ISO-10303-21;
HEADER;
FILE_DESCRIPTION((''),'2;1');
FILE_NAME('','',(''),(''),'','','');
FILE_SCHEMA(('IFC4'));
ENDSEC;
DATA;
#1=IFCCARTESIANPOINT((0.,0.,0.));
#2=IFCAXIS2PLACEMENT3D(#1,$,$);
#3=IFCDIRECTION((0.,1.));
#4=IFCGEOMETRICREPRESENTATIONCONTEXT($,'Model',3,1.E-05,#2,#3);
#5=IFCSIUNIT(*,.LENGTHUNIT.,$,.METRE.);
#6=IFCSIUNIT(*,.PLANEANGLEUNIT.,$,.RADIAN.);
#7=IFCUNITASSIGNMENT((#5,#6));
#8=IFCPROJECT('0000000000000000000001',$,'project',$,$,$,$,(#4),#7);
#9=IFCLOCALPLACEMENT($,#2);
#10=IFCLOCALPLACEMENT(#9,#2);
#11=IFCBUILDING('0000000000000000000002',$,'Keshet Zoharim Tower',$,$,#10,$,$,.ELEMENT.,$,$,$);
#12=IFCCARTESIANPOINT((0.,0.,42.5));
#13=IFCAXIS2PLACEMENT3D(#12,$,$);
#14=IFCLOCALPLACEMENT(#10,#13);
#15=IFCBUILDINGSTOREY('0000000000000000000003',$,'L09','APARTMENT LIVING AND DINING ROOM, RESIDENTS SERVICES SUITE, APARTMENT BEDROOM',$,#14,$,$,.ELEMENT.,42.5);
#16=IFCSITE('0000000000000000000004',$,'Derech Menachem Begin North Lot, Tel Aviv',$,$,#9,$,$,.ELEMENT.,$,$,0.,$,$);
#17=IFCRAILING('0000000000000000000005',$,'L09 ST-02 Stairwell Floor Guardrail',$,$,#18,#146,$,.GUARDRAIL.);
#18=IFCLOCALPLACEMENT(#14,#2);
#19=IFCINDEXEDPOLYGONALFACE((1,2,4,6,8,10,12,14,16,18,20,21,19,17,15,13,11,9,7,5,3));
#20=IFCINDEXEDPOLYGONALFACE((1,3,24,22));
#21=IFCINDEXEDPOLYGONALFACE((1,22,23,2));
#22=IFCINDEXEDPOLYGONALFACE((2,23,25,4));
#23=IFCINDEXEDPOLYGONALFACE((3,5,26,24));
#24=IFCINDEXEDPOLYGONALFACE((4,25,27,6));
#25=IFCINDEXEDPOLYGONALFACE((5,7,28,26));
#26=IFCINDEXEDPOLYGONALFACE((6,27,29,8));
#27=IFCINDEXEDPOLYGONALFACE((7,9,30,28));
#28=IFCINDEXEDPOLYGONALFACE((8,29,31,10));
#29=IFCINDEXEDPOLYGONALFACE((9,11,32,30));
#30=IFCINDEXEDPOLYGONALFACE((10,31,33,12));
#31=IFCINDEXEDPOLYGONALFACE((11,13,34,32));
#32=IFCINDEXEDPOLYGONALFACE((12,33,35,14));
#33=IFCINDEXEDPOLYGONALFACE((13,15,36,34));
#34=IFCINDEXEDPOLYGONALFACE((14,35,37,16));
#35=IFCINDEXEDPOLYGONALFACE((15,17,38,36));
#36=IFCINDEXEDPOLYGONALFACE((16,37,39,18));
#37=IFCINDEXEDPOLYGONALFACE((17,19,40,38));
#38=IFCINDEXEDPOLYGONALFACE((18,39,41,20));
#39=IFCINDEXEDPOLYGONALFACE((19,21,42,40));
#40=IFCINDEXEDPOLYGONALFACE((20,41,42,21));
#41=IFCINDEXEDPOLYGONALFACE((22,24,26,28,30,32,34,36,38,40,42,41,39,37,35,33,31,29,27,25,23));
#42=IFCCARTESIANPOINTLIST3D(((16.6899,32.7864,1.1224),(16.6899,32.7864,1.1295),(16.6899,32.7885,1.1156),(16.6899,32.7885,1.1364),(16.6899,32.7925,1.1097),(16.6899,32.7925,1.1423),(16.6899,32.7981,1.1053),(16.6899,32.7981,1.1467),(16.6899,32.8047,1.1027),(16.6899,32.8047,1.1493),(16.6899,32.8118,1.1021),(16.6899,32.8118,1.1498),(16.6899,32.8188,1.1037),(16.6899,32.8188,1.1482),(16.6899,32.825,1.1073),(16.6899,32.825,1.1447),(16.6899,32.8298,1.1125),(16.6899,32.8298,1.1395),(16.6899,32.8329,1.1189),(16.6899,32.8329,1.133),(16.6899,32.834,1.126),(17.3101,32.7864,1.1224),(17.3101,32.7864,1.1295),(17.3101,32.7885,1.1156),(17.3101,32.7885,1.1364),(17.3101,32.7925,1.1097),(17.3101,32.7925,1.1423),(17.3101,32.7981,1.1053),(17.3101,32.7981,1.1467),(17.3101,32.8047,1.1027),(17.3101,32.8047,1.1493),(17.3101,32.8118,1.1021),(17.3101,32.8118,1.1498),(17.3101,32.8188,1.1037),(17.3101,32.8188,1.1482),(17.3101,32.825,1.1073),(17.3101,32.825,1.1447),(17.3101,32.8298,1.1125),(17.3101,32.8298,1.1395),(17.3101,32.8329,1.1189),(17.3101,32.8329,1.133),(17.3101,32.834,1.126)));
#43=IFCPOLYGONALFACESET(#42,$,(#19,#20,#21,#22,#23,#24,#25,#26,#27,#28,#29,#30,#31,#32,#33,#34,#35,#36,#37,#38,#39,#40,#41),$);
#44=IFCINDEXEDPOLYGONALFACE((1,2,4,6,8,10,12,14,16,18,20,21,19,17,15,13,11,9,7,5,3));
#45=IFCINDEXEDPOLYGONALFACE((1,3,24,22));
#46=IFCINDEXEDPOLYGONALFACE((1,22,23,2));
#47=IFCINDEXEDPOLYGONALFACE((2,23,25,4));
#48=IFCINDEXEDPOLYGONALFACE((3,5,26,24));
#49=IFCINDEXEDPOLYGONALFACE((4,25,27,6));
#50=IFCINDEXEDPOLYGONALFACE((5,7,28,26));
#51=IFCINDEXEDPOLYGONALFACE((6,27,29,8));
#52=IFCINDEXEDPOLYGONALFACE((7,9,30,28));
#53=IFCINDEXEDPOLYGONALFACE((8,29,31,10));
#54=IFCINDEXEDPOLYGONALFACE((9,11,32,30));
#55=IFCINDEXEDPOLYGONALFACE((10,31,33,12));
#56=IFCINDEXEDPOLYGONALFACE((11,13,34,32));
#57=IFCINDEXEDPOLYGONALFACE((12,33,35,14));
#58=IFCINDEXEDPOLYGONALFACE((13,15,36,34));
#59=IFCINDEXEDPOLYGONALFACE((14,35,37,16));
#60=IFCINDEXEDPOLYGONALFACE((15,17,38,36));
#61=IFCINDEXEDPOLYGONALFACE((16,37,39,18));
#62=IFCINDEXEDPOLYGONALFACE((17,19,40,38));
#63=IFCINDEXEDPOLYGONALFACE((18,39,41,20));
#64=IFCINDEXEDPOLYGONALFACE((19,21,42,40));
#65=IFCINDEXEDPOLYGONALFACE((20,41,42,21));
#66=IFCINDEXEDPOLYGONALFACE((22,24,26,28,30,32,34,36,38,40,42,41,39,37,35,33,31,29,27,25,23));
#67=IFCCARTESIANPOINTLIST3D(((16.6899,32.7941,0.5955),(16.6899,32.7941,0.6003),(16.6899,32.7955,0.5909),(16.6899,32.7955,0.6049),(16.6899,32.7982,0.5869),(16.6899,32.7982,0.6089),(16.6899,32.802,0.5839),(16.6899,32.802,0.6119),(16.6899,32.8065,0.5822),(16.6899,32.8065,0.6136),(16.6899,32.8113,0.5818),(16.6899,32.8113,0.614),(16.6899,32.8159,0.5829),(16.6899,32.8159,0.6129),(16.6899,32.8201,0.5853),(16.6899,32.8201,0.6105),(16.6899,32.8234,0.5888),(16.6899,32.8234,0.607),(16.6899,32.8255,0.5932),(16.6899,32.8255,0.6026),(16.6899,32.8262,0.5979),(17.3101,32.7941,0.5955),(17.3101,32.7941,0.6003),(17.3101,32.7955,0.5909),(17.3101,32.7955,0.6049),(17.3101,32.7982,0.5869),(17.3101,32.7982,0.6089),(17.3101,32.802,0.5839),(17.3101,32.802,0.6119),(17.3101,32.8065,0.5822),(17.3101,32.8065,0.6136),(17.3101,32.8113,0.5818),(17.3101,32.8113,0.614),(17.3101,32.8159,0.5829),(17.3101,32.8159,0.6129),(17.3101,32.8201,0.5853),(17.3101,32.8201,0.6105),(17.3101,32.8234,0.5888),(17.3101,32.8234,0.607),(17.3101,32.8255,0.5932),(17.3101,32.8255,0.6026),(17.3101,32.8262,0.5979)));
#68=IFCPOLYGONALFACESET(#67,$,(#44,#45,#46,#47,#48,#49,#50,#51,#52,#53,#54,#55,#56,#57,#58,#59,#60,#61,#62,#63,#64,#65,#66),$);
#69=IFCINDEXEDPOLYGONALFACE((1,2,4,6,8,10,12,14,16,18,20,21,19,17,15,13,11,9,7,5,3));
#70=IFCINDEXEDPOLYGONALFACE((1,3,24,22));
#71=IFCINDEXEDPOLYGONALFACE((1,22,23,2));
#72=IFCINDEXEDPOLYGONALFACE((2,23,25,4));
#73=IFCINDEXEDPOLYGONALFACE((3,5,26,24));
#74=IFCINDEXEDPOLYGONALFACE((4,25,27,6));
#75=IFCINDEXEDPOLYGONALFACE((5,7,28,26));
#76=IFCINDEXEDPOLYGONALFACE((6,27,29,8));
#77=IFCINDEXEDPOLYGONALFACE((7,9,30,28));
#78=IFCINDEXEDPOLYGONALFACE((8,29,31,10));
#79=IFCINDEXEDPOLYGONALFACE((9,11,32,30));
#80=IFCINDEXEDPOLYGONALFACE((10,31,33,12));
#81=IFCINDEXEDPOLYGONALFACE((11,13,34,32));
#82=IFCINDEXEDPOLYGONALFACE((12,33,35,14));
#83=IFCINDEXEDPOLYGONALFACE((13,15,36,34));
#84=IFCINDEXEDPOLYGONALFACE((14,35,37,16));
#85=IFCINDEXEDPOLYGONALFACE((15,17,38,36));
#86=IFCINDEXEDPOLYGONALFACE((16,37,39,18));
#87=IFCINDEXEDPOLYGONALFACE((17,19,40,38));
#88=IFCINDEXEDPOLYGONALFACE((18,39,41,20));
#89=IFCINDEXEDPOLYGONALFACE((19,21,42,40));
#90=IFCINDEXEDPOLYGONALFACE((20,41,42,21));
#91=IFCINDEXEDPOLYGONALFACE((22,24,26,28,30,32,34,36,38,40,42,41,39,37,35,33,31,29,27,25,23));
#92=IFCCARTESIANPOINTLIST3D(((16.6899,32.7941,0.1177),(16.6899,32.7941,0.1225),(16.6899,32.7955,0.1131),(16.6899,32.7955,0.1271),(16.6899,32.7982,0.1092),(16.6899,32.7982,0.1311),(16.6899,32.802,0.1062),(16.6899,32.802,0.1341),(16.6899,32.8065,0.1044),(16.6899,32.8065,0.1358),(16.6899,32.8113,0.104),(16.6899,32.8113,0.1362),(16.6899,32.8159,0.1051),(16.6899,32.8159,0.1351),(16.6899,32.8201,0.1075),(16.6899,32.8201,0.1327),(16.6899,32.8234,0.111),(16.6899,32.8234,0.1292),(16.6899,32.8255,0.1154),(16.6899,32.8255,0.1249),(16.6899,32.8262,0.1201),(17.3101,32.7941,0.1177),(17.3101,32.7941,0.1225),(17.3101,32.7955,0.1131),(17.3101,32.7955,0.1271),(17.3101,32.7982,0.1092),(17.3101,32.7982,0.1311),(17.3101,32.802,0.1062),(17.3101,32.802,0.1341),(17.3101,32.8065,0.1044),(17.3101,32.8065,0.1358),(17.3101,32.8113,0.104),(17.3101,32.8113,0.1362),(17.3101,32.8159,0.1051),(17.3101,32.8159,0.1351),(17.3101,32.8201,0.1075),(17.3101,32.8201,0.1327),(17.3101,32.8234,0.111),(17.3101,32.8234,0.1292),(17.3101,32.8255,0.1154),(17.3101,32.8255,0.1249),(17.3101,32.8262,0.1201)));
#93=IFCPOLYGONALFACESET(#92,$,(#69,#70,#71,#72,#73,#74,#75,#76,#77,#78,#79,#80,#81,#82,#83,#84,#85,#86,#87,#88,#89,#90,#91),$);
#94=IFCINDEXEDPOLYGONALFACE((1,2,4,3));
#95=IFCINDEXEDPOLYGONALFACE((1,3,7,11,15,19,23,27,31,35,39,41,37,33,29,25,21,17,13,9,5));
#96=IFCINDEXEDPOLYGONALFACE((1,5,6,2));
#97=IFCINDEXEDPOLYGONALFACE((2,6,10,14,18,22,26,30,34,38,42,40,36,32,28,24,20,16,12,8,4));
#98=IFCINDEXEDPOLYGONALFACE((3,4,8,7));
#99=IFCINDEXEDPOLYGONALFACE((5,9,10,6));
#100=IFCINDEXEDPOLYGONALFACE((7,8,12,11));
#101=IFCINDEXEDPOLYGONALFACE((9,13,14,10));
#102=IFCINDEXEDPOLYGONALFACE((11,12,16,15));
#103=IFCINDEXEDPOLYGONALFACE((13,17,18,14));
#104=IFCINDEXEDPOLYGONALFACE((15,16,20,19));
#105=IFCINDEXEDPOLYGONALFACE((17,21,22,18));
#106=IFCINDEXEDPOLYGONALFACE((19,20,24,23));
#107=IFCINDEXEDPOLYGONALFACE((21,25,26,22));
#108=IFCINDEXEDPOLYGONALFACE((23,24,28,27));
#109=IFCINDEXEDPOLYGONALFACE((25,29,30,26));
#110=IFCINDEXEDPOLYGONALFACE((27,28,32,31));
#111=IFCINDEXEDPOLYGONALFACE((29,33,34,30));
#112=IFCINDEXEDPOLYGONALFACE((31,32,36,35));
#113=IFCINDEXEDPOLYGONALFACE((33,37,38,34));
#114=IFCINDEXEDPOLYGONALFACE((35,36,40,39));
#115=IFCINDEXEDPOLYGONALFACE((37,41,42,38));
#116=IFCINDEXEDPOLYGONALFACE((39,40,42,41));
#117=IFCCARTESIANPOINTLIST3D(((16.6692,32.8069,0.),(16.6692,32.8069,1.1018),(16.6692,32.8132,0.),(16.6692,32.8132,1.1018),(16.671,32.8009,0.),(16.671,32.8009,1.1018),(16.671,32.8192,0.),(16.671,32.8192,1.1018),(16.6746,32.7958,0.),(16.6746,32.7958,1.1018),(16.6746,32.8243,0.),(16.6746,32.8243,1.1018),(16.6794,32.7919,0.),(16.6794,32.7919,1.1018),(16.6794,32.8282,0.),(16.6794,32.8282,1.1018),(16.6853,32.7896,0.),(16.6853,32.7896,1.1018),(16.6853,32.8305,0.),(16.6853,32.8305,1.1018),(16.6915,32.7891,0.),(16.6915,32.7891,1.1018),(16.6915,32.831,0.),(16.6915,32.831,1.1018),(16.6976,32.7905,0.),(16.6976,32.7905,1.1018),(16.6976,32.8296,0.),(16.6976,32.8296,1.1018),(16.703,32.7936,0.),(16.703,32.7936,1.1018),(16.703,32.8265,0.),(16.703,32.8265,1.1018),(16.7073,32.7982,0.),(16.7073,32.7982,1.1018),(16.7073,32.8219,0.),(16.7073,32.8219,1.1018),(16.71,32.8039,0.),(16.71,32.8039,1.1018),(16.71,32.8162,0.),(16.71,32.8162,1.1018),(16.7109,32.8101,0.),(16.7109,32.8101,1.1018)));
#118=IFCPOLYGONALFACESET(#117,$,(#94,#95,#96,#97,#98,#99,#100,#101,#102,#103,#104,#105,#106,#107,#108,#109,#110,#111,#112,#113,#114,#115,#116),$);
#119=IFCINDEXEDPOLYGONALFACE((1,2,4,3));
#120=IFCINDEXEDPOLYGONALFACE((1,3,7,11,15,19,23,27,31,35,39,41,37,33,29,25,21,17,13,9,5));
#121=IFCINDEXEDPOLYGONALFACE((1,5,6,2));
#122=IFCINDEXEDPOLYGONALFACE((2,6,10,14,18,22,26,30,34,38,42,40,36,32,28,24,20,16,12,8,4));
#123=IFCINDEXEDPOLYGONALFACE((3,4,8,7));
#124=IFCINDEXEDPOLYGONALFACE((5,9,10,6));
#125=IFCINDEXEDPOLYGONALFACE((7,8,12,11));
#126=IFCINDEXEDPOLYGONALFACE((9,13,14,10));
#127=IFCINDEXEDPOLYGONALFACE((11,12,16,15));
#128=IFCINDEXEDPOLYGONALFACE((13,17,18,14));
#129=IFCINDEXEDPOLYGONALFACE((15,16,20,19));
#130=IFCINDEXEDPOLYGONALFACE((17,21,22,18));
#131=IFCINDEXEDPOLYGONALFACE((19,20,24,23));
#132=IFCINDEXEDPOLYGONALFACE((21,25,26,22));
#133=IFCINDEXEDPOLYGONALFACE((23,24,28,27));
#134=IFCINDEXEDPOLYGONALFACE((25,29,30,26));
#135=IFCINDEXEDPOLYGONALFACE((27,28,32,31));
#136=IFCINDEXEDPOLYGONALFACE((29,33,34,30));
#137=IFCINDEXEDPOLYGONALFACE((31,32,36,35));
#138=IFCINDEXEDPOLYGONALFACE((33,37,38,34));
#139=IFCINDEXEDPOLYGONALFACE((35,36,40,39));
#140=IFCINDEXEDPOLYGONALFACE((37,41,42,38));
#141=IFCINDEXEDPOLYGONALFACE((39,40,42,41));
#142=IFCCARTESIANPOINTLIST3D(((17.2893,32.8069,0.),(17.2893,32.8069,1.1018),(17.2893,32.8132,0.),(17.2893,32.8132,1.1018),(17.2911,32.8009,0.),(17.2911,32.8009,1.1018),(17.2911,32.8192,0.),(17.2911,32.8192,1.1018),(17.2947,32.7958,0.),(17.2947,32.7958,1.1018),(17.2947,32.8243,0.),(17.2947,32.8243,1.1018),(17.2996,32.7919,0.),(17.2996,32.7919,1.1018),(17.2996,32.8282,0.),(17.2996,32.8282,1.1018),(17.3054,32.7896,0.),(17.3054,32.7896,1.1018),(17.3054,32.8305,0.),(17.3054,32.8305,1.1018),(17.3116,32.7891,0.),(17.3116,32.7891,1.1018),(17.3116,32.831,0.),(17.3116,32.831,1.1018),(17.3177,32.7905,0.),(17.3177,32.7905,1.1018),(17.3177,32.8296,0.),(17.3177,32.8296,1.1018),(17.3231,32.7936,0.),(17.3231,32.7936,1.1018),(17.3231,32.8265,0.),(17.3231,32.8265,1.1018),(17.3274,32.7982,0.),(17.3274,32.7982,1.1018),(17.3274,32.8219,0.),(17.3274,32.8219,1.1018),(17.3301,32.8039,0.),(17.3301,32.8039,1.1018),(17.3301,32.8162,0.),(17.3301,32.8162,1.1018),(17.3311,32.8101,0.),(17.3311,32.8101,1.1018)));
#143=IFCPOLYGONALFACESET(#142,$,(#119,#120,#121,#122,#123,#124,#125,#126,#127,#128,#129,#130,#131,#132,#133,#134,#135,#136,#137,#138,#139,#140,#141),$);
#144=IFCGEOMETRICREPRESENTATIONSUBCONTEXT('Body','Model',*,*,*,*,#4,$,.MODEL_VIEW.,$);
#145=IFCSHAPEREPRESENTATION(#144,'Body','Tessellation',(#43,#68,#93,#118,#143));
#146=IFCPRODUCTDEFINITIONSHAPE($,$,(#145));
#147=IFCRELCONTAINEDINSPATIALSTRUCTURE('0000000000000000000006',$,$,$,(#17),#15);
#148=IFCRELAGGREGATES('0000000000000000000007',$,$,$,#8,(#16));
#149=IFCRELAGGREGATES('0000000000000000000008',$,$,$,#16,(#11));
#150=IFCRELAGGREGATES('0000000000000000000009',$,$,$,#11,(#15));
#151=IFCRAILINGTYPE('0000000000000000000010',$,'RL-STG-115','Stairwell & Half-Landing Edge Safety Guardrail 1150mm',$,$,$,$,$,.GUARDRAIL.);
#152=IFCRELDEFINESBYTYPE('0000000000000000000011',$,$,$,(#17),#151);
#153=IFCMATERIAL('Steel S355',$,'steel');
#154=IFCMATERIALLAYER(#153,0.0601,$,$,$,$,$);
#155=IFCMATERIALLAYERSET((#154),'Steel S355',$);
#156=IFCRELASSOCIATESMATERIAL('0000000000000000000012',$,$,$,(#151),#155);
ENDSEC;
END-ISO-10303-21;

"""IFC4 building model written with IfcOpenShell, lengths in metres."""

from ifc_helpers import new_model, si_unit, direction, frame, origin, origin_2d, place, context, subcontext, project, spatial, circle, extrude, material, layer, layer_set, type_object, element, save


model = new_model("IFC4")

# Units and contexts
model_context = context("Model", 3, precision=1e-05, world=origin(), true_north=direction((0.0, 1.0)))
body_context = subcontext(model_context, "Body", "Model", "MODEL_VIEW")
ifc_project = project(units=[si_unit("LENGTHUNIT", "METRE"), si_unit("PLANEANGLEUNIT", "RADIAN")], contexts=[model_context])

# Site, building, storey
site_placement = place(None, origin())
site = spatial("IfcSite", under=ifc_project, at=site_placement, Name="Derech Menachem Begin North Lot, Tel Aviv", CompositionType="ELEMENT", RefElevation=0.0)
building_placement = place(site_placement, origin())
building = spatial("IfcBuilding", under=site, at=building_placement, Name="Keshet Zoharim Tower", CompositionType="ELEMENT")
storey_placement = place(building_placement, frame((0.0, 0.0, 42.5)))
storey = spatial("IfcBuildingStorey", under=building, at=storey_placement, Name="L09", Description="APARTMENT LIVING AND DINING ROOM, RESIDENTS SERVICES SUITE, APARTMENT BEDROOM", CompositionType="ELEMENT", Elevation=42.5)

# Railing
ifc_material_1 = material(Name="Steel S355", Category="steel")
ifc_layer_1 = layer(ifc_material_1, 0.0601)
ifc_layer_set_1 = layer_set([ifc_layer_1], Name="Steel S355")
railing_type_1 = type_object("IfcRailingType", Name="RL-STG-115", Description="Stairwell & Half-Landing Edge Safety Guardrail 1150mm", PredefinedType="GUARDRAIL", material=ifc_layer_set_1)
railing_1_placement = place(storey_placement, frame((16.6899, 32.8101, 0.0)))
element("IfcRailing", 1, at=railing_1_placement, inside=storey, type_object=railing_type_1, Name="L09 ST-02 Stairwell Floor Guardrail", PredefinedType="GUARDRAIL", context=body_context, shape_type="SweptSolid", body=[
    extrude(circle(Radius=0.0239, at=origin_2d()), frame((0.0, 0.0, 1.126), z_axis=(1.0, 0.0, 0.0), x_axis=(0.0, 1.0, 0.0)), (0.0, 0.0, 1.0), 0.6201),
    extrude(circle(Radius=0.0161, at=origin_2d()), frame((0.0, 0.0, 0.5979), z_axis=(1.0, 0.0, 0.0), x_axis=(0.0, 1.0, 0.0)), (0.0, 0.0, 1.0), 0.6201),
    extrude(circle(Radius=0.0161, at=origin_2d()), frame((0.0, 0.0, 0.1201), z_axis=(1.0, 0.0, 0.0), x_axis=(0.0, 1.0, 0.0)), (0.0, 0.0, 1.0), 0.6201),
    extrude(circle(Radius=0.021, at=origin_2d()), origin(), (0.0, 0.0, 1.0), 1.1018),
    extrude(circle(Radius=0.021, at=origin_2d()), frame((0.6201, 0.0, 0.0)), (0.0, 0.0, 1.0), 1.1018),
])

save(model, "model.ifc")
